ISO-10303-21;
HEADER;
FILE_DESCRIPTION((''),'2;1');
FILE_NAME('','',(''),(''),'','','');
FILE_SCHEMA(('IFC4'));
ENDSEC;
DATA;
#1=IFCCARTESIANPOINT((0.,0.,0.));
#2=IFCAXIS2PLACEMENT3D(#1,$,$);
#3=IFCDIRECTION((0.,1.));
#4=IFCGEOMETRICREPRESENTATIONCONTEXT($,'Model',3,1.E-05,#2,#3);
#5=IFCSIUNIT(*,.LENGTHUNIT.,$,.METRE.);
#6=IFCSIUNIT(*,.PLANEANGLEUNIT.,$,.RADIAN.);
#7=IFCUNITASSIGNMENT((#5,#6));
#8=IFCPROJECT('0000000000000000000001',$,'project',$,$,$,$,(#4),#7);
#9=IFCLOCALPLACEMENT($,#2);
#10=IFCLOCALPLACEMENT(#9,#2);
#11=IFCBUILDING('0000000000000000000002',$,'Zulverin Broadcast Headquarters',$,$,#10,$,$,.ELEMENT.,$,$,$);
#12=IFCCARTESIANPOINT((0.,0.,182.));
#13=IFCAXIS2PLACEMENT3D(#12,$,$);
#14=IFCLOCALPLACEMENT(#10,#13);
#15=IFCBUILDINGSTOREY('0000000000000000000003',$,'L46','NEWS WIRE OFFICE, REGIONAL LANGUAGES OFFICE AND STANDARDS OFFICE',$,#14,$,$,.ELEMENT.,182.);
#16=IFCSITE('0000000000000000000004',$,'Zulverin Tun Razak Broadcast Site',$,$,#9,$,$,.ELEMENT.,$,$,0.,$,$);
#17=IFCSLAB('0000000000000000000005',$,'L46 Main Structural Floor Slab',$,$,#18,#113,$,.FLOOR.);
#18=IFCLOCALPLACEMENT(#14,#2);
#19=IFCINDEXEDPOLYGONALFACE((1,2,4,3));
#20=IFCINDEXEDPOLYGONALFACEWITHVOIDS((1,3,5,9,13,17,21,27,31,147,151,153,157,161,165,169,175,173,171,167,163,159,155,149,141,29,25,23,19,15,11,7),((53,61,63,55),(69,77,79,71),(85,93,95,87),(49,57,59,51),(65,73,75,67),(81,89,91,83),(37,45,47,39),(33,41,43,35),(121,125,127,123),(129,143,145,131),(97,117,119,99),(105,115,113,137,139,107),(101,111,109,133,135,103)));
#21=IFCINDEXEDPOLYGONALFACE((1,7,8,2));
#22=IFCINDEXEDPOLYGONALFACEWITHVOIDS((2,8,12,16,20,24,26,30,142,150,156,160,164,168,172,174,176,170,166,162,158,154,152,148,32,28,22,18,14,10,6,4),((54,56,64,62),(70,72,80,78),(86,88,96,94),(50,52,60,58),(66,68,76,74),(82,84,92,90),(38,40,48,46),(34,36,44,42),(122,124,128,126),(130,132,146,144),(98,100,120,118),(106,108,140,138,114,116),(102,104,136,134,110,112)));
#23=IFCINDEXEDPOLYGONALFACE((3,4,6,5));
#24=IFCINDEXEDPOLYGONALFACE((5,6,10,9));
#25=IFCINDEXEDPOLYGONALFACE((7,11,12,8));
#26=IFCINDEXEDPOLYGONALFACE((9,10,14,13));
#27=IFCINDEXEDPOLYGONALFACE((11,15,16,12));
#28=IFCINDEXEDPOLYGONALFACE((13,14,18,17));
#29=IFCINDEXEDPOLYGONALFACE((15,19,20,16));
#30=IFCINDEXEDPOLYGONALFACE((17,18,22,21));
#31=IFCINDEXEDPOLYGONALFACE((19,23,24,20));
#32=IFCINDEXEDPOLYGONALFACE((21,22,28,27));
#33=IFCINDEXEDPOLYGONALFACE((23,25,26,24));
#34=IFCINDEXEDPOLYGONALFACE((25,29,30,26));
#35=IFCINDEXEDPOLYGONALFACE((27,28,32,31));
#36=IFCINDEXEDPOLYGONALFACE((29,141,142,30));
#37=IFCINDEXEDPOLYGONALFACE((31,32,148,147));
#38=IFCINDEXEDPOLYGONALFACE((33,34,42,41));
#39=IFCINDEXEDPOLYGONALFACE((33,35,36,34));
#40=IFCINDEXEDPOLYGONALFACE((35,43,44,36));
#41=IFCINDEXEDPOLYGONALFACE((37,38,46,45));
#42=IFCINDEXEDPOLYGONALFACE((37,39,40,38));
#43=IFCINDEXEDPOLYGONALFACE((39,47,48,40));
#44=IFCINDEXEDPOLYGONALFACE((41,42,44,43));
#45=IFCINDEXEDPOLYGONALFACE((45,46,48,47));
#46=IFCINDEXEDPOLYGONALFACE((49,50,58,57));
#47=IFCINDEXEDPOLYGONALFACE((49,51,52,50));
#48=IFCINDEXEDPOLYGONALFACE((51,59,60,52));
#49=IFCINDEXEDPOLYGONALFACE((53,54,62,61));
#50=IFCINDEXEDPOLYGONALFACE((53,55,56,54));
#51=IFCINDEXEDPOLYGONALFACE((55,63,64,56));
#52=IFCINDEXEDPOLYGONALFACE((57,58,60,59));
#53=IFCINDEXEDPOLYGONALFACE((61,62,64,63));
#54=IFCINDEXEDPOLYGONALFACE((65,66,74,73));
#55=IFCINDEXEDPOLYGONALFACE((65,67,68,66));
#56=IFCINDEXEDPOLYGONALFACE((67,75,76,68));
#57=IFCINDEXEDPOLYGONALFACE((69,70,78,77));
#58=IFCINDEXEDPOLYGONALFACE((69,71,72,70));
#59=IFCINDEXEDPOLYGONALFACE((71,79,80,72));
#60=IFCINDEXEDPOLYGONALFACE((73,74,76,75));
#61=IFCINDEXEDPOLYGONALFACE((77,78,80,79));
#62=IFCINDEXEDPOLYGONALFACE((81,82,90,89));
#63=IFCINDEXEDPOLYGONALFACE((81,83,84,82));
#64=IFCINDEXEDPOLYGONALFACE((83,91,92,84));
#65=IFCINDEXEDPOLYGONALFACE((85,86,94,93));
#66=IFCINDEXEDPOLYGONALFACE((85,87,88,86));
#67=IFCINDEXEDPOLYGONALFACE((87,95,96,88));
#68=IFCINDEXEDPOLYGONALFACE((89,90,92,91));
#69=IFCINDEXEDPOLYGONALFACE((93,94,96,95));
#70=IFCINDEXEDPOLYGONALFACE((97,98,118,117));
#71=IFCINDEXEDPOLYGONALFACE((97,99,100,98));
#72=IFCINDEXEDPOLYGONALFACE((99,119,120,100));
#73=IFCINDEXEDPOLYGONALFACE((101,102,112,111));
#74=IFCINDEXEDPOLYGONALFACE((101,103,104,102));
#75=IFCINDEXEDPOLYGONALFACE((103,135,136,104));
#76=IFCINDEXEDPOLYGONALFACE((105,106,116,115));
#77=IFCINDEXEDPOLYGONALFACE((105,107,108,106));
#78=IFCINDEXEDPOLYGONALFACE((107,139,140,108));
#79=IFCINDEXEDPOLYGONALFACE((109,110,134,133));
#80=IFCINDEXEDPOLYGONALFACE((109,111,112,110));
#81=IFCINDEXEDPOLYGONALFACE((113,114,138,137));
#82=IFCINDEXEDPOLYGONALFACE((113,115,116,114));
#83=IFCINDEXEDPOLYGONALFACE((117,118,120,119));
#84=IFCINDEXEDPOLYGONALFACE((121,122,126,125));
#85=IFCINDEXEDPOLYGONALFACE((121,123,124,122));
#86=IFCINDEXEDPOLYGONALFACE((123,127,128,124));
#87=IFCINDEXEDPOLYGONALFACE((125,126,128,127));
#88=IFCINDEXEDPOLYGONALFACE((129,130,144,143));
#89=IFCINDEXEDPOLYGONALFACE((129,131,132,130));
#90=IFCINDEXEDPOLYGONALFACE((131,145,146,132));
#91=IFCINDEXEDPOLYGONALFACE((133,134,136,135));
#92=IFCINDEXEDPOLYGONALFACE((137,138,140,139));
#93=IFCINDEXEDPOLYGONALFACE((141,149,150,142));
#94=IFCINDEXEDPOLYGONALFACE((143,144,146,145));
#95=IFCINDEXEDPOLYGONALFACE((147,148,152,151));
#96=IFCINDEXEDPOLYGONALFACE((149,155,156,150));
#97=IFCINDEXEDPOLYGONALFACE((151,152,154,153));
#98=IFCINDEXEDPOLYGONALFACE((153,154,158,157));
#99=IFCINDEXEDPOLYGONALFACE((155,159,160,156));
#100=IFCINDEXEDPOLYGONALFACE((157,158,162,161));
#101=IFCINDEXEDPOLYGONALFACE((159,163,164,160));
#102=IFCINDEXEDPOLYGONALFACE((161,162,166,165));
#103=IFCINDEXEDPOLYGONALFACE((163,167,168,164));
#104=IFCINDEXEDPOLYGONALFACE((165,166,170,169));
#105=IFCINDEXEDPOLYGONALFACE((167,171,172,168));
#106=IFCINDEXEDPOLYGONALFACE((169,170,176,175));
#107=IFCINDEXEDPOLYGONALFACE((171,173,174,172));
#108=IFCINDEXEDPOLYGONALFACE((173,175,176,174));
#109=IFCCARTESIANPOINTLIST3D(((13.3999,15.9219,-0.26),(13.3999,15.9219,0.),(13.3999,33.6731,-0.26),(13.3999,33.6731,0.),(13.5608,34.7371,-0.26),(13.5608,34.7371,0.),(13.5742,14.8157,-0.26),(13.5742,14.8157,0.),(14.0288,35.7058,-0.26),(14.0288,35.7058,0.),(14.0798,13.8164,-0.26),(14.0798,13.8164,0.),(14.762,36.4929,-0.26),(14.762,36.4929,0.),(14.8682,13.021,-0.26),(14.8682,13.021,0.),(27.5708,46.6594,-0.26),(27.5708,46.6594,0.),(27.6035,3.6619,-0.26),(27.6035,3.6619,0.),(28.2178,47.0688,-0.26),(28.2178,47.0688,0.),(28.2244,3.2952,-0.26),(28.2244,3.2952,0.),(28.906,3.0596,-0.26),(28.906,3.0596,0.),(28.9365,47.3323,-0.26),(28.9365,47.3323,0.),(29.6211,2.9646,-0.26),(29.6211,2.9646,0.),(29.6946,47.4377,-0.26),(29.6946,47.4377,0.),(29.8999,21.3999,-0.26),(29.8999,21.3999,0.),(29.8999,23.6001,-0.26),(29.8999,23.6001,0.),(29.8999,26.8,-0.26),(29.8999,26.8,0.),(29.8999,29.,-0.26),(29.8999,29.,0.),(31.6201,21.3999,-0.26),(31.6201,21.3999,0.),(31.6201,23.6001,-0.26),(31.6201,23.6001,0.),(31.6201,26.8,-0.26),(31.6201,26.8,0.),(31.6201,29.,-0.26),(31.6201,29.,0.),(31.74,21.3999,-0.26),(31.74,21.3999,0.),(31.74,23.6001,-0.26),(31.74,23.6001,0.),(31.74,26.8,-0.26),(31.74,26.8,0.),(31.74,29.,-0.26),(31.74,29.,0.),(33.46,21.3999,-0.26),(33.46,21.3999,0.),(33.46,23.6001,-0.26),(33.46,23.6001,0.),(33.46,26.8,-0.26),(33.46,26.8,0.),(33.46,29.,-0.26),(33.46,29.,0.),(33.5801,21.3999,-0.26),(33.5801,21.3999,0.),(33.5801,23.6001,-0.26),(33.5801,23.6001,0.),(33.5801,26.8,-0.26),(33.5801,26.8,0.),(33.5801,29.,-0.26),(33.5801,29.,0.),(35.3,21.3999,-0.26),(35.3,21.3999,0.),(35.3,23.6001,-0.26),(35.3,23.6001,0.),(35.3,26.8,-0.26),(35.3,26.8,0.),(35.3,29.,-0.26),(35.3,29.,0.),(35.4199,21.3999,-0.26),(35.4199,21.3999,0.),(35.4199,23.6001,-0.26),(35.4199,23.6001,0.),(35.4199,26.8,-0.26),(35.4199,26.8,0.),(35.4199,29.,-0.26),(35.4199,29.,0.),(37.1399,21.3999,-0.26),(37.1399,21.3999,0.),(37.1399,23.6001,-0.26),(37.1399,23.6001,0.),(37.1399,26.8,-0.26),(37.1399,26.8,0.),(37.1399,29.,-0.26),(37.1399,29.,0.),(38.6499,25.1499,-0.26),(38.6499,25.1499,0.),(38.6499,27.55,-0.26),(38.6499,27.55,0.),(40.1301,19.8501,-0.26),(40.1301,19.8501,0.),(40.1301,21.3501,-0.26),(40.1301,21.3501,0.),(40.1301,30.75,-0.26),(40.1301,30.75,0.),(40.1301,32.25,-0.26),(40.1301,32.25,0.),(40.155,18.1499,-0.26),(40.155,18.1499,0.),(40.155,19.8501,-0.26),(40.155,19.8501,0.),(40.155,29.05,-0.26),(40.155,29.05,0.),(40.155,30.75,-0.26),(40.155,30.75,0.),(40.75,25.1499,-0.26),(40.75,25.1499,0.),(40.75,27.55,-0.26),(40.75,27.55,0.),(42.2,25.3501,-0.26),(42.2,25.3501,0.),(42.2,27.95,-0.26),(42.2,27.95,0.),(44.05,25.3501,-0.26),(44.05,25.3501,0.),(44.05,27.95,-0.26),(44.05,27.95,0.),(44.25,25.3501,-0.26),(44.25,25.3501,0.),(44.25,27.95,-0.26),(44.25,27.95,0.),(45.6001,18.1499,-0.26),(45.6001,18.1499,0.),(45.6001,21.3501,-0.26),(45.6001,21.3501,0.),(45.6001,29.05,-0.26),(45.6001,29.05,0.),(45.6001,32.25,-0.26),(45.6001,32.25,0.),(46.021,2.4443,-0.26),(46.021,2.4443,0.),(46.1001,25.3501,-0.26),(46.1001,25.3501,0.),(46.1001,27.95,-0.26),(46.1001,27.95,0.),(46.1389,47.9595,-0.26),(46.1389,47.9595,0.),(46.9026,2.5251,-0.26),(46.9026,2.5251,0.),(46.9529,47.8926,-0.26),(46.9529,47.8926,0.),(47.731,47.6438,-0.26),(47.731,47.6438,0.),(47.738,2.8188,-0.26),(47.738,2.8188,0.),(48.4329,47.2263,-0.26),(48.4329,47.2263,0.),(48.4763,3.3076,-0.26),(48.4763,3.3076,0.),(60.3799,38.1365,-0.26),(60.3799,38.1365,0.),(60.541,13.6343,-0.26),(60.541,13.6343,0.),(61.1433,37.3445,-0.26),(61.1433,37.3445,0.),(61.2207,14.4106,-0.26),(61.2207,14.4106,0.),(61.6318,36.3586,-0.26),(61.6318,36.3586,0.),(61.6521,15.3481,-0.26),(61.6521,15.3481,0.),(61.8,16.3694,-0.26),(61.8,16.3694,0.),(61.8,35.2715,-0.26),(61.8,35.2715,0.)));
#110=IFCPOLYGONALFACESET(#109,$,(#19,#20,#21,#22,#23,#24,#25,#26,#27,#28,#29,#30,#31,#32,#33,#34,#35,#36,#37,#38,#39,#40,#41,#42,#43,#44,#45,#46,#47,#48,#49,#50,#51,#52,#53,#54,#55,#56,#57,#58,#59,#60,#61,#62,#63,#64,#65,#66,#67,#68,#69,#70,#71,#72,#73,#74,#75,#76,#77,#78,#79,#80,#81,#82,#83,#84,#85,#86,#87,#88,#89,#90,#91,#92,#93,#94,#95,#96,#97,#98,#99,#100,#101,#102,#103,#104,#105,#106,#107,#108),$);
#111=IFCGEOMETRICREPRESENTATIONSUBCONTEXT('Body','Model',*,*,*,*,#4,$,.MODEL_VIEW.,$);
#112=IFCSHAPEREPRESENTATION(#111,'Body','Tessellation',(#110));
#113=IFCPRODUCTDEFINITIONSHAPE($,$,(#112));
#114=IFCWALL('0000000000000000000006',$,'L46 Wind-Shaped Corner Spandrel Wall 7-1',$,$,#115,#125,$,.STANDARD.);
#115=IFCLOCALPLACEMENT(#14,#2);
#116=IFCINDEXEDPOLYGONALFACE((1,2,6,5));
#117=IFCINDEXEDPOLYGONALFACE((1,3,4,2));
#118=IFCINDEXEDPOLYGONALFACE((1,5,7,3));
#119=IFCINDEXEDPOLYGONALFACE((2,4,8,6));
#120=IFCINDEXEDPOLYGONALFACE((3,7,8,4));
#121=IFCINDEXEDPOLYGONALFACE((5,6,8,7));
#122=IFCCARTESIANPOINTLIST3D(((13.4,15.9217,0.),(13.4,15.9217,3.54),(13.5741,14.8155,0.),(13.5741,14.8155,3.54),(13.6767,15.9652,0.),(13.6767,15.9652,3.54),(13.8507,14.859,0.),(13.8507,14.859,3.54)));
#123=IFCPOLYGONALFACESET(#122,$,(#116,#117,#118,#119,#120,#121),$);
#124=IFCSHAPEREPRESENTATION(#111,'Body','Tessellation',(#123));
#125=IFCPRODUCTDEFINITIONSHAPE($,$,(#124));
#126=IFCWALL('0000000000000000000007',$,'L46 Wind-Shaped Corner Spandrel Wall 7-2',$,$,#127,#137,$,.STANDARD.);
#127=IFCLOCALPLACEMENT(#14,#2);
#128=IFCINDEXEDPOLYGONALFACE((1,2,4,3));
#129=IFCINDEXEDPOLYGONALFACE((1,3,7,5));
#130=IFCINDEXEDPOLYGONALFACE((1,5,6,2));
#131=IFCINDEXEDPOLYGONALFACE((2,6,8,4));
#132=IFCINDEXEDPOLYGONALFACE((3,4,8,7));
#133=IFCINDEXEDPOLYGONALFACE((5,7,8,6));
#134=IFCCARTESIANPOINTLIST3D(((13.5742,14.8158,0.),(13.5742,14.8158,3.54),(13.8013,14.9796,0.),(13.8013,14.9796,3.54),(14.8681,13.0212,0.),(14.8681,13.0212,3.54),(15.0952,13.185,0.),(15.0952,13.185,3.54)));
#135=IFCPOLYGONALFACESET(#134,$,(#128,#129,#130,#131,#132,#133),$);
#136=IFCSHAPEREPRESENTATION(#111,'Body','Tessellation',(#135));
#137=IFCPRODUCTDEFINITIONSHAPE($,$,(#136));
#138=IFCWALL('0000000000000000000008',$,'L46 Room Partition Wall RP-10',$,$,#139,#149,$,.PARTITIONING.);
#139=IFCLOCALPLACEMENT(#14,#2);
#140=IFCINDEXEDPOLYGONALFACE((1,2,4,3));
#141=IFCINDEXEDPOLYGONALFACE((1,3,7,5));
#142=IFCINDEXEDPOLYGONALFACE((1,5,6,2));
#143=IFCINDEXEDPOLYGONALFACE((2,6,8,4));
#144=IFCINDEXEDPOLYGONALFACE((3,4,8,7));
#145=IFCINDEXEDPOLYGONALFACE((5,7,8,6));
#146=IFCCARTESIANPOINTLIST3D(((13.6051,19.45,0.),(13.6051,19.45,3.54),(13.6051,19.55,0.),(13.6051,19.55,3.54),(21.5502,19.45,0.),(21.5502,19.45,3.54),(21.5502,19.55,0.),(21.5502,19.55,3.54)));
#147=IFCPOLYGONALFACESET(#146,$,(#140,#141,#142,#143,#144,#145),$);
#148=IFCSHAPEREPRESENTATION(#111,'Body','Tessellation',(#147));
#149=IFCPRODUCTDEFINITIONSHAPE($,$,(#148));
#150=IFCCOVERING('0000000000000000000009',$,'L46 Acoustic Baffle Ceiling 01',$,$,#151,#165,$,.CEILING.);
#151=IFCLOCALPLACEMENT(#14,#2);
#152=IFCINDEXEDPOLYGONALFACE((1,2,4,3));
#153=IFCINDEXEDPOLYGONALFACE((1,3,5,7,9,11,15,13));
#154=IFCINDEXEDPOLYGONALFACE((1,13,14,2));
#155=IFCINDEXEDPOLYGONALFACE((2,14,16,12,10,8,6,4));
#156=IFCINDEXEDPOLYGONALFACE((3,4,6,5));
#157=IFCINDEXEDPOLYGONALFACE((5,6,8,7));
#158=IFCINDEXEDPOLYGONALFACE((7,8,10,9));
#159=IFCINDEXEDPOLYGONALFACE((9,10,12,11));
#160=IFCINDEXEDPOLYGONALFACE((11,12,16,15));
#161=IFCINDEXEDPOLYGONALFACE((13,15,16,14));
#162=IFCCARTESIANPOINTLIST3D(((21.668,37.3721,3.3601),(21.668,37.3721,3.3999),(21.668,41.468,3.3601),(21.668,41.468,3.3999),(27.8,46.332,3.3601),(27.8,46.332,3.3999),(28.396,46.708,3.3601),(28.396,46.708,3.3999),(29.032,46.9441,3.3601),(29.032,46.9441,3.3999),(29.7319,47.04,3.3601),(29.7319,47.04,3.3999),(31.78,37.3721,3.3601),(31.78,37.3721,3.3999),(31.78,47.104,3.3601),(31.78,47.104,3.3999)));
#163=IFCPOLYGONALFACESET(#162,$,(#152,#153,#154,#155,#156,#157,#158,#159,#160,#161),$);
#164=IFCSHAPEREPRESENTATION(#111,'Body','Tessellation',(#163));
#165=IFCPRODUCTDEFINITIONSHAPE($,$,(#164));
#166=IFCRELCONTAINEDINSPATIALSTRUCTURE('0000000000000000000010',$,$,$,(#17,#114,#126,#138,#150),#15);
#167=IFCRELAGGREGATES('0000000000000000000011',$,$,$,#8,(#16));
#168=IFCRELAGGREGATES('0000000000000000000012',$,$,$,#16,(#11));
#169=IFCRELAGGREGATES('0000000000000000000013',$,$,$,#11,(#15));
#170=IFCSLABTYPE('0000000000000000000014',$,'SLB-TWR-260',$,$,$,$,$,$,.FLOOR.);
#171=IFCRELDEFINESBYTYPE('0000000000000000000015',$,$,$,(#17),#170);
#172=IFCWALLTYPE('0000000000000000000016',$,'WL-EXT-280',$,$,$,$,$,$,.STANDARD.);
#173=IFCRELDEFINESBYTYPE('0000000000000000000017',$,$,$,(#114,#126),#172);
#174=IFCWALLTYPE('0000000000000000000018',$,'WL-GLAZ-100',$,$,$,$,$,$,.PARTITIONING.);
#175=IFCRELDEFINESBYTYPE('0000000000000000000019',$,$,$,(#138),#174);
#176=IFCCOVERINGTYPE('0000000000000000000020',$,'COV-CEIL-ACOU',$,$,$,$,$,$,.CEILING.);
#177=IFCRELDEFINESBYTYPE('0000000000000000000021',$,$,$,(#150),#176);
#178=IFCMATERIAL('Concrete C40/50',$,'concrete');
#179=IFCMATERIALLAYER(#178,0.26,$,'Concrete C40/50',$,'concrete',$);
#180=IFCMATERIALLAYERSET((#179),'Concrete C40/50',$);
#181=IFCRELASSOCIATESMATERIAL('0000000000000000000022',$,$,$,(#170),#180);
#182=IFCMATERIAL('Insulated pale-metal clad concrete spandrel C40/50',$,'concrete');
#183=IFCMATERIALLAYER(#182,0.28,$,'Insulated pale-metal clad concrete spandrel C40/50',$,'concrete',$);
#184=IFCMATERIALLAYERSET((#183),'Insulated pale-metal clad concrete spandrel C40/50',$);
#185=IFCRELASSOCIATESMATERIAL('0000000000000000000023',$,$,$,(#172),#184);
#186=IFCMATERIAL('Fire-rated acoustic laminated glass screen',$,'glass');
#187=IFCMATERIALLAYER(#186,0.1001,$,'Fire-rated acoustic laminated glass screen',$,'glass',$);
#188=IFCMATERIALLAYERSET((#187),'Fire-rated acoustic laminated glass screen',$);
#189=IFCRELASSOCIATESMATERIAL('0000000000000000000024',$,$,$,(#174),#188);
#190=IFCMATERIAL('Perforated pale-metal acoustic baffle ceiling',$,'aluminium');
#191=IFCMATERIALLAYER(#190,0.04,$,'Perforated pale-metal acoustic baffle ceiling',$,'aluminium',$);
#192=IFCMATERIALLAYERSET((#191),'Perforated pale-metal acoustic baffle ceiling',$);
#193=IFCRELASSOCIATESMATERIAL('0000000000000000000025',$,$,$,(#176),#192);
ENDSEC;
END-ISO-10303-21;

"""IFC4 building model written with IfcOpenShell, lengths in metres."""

from ifc_helpers import new_model, si_unit, direction, frame, frame_2d, origin, place, context, subcontext, project, spatial, polyline, rectangle, outline, extrude, material, layer, layer_set, type_object, element, save


model = new_model("IFC4")

# Units and contexts
model_context = context("Model", 3, precision=1e-05, world=origin(), true_north=direction((0.0, 1.0)))
body_context = subcontext(model_context, "Body", "Model", "MODEL_VIEW")
ifc_project = project(units=[si_unit("LENGTHUNIT", "METRE"), si_unit("PLANEANGLEUNIT", "RADIAN")], contexts=[model_context])

# Site, building, storey
site_placement = place(None, origin())
site = spatial("IfcSite", under=ifc_project, at=site_placement, Name="Zulverin Tun Razak Broadcast Site", CompositionType="ELEMENT", RefElevation=0.0)
building_placement = place(site_placement, origin())
building = spatial("IfcBuilding", under=site, at=building_placement, Name="Zulverin Broadcast Headquarters", CompositionType="ELEMENT")
storey_placement = place(building_placement, frame((0.0, 0.0, 182.0)))
storey = spatial("IfcBuildingStorey", under=building, at=storey_placement, Name="L46", Description="NEWS WIRE OFFICE, REGIONAL LANGUAGES OFFICE AND STANDARDS OFFICE", CompositionType="ELEMENT", Elevation=182.0)

# Shared definitions
ifc_material_1 = material(Name="Concrete C40/50", Category="concrete")

# Slab
ifc_layer_1 = layer(ifc_material_1, 0.26, Name="Concrete C40/50", Category="concrete")
ifc_layer_set_1 = layer_set([ifc_layer_1], Name="Concrete C40/50")
slab_type_1 = type_object("IfcSlabType", Name="SLB-TWR-260", PredefinedType="FLOOR", material=ifc_layer_set_1)
slab_1_placement = place(storey_placement, frame((0.0, 0.0, -0.26)))
element("IfcSlab", 1, at=slab_1_placement, inside=storey, type_object=slab_type_1, Name="L46 Main Structural Floor Slab", PredefinedType="FLOOR", context=body_context, shape_type="SweptSolid", body=[
    extrude(outline(polyline([(27.6035, 3.6619), (28.2244, 3.2952), (28.906, 3.0596), (29.6211, 2.9646), (46.021, 2.4443), (46.9026, 2.5251), (47.738, 2.8188), (48.4763, 3.3076), (60.541, 13.6343), (61.2207, 14.4106), (61.6521, 15.3481), (61.8, 16.3694), (61.8, 35.2715), (61.6318, 36.3586), (61.1433, 37.3445), (60.3799, 38.1365), (48.4329, 47.2263), (47.731, 47.6438), (46.9529, 47.8926), (46.1389, 47.9595), (29.6946, 47.4377), (28.9365, 47.3323), (28.2178, 47.0688), (27.5708, 46.6594), (14.762, 36.4929), (14.0288, 35.7058), (13.5608, 34.7371), (13.3999, 33.6731), (13.3999, 15.9219), (13.5742, 14.8157), (14.0798, 13.8164), (14.8682, 13.021), (27.6035, 3.6619)]), holes=[polyline([(40.155, 30.75), (40.1301, 30.75), (40.1301, 32.25), (45.6001, 32.25), (45.6001, 29.05), (40.155, 29.05), (40.155, 30.75)]), polyline([(40.155, 19.8501), (40.1301, 19.8501), (40.1301, 21.3501), (45.6001, 21.3501), (45.6001, 18.1499), (40.155, 18.1499), (40.155, 19.8501)]), polyline([(29.8999, 21.3999), (31.6201, 21.3999), (31.6201, 23.6001), (29.8999, 23.6001), (29.8999, 21.3999)]), polyline([(31.74, 21.3999), (33.46, 21.3999), (33.46, 23.6001), (31.74, 23.6001), (31.74, 21.3999)]), polyline([(33.5801, 21.3999), (35.3, 21.3999), (35.3, 23.6001), (33.5801, 23.6001), (33.5801, 21.3999)]), polyline([(35.4199, 21.3999), (37.1399, 21.3999), (37.1399, 23.6001), (35.4199, 23.6001), (35.4199, 21.3999)]), polyline([(29.8999, 26.8), (31.6201, 26.8), (31.6201, 29.0), (29.8999, 29.0), (29.8999, 26.8)]), polyline([(31.74, 26.8), (33.46, 26.8), (33.46, 29.0), (31.74, 29.0), (31.74, 26.8)]), polyline([(33.5801, 26.8), (35.3, 26.8), (35.3, 29.0), (33.5801, 29.0), (33.5801, 26.8)]), polyline([(35.4199, 26.8), (37.1399, 26.8), (37.1399, 29.0), (35.4199, 29.0), (35.4199, 26.8)]), polyline([(42.2, 25.3501), (44.05, 25.3501), (44.05, 27.95), (42.2, 27.95), (42.2, 25.3501)]), polyline([(44.25, 25.3501), (46.1001, 25.3501), (46.1001, 27.95), (44.25, 27.95), (44.25, 25.3501)]), polyline([(38.6499, 25.1499), (40.75, 25.1499), (40.75, 27.55), (38.6499, 27.55), (38.6499, 25.1499)])]), origin(), (0.0, 0.0, 1.0), 0.26),
])

# Walls
ifc_material_2 = material(Name="Insulated pale-metal clad concrete spandrel C40/50", Category="concrete")
ifc_layer_2 = layer(ifc_material_2, 0.28, Name="Insulated pale-metal clad concrete spandrel C40/50", Category="concrete")
ifc_layer_set_2 = layer_set([ifc_layer_2], Name="Insulated pale-metal clad concrete spandrel C40/50")
wall_type_1 = type_object("IfcWallType", Name="WL-EXT-280", PredefinedType="STANDARD", material=ifc_layer_set_2)
wall_1_placement = place(storey_placement, frame((13.5383, 15.9436, 0.0), z_axis=(0.0, 0.0, 1.0), x_axis=(0.155448, -0.987844, 0.0)))
element("IfcWall", 2, at=wall_1_placement, inside=storey, type_object=wall_type_1, Name="L46 Wind-Shaped Corner Spandrel Wall 7-1", PredefinedType="STANDARD", context=body_context, shape_type="SweptSolid", body=[
    extrude(rectangle(XDim=1.1199, YDim=0.28, at=frame_2d((0.5601, 0.0))), origin(), (0.0, 0.0, 1.0), 3.54),
])
wall_2_placement = place(storey_placement, frame((13.6877, 14.8977, 0.0), z_axis=(0.0, 0.0, 1.0), x_axis=(0.584834, -0.811153, 0.0)))
element("IfcWall", 3, at=wall_2_placement, inside=storey, type_object=wall_type_1, Name="L46 Wind-Shaped Corner Spandrel Wall 7-2", PredefinedType="STANDARD", context=body_context, shape_type="SweptSolid", body=[
    extrude(rectangle(XDim=2.2124, YDim=0.28, at=frame_2d((1.1062, 0.0))), origin(), (0.0, 0.0, 1.0), 3.54),
])
ifc_material_3 = material(Name="Fire-rated acoustic laminated glass screen", Category="glass")
ifc_layer_3 = layer(ifc_material_3, 0.1001, Name="Fire-rated acoustic laminated glass screen", Category="glass")
ifc_layer_set_3 = layer_set([ifc_layer_3], Name="Fire-rated acoustic laminated glass screen")
wall_type_2 = type_object("IfcWallType", Name="WL-GLAZ-100", PredefinedType="PARTITIONING", material=ifc_layer_set_3)
wall_3_placement = place(storey_placement, frame((13.605, 19.5, 0.0), z_axis=(0.0, 0.0, 1.0), x_axis=(1.0, 0.0, 0.0)))
element("IfcWall", 4, at=wall_3_placement, inside=storey, type_object=wall_type_2, Name="L46 Room Partition Wall RP-10", PredefinedType="PARTITIONING", context=body_context, shape_type="SweptSolid", body=[
    extrude(rectangle(XDim=7.9451, YDim=0.1001, at=frame_2d((3.9727, 0.0))), origin(), (0.0, 0.0, 1.0), 3.54),
])

# Covering
ifc_material_4 = material(Name="Perforated pale-metal acoustic baffle ceiling", Category="aluminium")
ifc_layer_4 = layer(ifc_material_4, 0.04, Name="Perforated pale-metal acoustic baffle ceiling", Category="aluminium")
ifc_layer_set_4 = layer_set([ifc_layer_4], Name="Perforated pale-metal acoustic baffle ceiling")
covering_type_1 = type_object("IfcCoveringType", Name="COV-CEIL-ACOU", PredefinedType="CEILING", material=ifc_layer_set_4)
covering_1_placement = place(storey_placement, frame((0.0, 0.0, 3.3601)))
element("IfcCovering", 5, at=covering_1_placement, inside=storey, type_object=covering_type_1, Name="L46 Acoustic Baffle Ceiling 01", PredefinedType="CEILING", context=body_context, shape_type="SweptSolid", body=[
    extrude(outline(polyline([(31.78, 37.3721), (31.78, 47.104), (29.7319, 47.04), (29.032, 46.9441), (28.396, 46.708), (27.8, 46.332), (21.668, 41.468), (21.668, 37.3721), (31.78, 37.3721)])), origin(), (0.0, 0.0, 1.0), 0.0398),
])

save(model, "model.ifc")
